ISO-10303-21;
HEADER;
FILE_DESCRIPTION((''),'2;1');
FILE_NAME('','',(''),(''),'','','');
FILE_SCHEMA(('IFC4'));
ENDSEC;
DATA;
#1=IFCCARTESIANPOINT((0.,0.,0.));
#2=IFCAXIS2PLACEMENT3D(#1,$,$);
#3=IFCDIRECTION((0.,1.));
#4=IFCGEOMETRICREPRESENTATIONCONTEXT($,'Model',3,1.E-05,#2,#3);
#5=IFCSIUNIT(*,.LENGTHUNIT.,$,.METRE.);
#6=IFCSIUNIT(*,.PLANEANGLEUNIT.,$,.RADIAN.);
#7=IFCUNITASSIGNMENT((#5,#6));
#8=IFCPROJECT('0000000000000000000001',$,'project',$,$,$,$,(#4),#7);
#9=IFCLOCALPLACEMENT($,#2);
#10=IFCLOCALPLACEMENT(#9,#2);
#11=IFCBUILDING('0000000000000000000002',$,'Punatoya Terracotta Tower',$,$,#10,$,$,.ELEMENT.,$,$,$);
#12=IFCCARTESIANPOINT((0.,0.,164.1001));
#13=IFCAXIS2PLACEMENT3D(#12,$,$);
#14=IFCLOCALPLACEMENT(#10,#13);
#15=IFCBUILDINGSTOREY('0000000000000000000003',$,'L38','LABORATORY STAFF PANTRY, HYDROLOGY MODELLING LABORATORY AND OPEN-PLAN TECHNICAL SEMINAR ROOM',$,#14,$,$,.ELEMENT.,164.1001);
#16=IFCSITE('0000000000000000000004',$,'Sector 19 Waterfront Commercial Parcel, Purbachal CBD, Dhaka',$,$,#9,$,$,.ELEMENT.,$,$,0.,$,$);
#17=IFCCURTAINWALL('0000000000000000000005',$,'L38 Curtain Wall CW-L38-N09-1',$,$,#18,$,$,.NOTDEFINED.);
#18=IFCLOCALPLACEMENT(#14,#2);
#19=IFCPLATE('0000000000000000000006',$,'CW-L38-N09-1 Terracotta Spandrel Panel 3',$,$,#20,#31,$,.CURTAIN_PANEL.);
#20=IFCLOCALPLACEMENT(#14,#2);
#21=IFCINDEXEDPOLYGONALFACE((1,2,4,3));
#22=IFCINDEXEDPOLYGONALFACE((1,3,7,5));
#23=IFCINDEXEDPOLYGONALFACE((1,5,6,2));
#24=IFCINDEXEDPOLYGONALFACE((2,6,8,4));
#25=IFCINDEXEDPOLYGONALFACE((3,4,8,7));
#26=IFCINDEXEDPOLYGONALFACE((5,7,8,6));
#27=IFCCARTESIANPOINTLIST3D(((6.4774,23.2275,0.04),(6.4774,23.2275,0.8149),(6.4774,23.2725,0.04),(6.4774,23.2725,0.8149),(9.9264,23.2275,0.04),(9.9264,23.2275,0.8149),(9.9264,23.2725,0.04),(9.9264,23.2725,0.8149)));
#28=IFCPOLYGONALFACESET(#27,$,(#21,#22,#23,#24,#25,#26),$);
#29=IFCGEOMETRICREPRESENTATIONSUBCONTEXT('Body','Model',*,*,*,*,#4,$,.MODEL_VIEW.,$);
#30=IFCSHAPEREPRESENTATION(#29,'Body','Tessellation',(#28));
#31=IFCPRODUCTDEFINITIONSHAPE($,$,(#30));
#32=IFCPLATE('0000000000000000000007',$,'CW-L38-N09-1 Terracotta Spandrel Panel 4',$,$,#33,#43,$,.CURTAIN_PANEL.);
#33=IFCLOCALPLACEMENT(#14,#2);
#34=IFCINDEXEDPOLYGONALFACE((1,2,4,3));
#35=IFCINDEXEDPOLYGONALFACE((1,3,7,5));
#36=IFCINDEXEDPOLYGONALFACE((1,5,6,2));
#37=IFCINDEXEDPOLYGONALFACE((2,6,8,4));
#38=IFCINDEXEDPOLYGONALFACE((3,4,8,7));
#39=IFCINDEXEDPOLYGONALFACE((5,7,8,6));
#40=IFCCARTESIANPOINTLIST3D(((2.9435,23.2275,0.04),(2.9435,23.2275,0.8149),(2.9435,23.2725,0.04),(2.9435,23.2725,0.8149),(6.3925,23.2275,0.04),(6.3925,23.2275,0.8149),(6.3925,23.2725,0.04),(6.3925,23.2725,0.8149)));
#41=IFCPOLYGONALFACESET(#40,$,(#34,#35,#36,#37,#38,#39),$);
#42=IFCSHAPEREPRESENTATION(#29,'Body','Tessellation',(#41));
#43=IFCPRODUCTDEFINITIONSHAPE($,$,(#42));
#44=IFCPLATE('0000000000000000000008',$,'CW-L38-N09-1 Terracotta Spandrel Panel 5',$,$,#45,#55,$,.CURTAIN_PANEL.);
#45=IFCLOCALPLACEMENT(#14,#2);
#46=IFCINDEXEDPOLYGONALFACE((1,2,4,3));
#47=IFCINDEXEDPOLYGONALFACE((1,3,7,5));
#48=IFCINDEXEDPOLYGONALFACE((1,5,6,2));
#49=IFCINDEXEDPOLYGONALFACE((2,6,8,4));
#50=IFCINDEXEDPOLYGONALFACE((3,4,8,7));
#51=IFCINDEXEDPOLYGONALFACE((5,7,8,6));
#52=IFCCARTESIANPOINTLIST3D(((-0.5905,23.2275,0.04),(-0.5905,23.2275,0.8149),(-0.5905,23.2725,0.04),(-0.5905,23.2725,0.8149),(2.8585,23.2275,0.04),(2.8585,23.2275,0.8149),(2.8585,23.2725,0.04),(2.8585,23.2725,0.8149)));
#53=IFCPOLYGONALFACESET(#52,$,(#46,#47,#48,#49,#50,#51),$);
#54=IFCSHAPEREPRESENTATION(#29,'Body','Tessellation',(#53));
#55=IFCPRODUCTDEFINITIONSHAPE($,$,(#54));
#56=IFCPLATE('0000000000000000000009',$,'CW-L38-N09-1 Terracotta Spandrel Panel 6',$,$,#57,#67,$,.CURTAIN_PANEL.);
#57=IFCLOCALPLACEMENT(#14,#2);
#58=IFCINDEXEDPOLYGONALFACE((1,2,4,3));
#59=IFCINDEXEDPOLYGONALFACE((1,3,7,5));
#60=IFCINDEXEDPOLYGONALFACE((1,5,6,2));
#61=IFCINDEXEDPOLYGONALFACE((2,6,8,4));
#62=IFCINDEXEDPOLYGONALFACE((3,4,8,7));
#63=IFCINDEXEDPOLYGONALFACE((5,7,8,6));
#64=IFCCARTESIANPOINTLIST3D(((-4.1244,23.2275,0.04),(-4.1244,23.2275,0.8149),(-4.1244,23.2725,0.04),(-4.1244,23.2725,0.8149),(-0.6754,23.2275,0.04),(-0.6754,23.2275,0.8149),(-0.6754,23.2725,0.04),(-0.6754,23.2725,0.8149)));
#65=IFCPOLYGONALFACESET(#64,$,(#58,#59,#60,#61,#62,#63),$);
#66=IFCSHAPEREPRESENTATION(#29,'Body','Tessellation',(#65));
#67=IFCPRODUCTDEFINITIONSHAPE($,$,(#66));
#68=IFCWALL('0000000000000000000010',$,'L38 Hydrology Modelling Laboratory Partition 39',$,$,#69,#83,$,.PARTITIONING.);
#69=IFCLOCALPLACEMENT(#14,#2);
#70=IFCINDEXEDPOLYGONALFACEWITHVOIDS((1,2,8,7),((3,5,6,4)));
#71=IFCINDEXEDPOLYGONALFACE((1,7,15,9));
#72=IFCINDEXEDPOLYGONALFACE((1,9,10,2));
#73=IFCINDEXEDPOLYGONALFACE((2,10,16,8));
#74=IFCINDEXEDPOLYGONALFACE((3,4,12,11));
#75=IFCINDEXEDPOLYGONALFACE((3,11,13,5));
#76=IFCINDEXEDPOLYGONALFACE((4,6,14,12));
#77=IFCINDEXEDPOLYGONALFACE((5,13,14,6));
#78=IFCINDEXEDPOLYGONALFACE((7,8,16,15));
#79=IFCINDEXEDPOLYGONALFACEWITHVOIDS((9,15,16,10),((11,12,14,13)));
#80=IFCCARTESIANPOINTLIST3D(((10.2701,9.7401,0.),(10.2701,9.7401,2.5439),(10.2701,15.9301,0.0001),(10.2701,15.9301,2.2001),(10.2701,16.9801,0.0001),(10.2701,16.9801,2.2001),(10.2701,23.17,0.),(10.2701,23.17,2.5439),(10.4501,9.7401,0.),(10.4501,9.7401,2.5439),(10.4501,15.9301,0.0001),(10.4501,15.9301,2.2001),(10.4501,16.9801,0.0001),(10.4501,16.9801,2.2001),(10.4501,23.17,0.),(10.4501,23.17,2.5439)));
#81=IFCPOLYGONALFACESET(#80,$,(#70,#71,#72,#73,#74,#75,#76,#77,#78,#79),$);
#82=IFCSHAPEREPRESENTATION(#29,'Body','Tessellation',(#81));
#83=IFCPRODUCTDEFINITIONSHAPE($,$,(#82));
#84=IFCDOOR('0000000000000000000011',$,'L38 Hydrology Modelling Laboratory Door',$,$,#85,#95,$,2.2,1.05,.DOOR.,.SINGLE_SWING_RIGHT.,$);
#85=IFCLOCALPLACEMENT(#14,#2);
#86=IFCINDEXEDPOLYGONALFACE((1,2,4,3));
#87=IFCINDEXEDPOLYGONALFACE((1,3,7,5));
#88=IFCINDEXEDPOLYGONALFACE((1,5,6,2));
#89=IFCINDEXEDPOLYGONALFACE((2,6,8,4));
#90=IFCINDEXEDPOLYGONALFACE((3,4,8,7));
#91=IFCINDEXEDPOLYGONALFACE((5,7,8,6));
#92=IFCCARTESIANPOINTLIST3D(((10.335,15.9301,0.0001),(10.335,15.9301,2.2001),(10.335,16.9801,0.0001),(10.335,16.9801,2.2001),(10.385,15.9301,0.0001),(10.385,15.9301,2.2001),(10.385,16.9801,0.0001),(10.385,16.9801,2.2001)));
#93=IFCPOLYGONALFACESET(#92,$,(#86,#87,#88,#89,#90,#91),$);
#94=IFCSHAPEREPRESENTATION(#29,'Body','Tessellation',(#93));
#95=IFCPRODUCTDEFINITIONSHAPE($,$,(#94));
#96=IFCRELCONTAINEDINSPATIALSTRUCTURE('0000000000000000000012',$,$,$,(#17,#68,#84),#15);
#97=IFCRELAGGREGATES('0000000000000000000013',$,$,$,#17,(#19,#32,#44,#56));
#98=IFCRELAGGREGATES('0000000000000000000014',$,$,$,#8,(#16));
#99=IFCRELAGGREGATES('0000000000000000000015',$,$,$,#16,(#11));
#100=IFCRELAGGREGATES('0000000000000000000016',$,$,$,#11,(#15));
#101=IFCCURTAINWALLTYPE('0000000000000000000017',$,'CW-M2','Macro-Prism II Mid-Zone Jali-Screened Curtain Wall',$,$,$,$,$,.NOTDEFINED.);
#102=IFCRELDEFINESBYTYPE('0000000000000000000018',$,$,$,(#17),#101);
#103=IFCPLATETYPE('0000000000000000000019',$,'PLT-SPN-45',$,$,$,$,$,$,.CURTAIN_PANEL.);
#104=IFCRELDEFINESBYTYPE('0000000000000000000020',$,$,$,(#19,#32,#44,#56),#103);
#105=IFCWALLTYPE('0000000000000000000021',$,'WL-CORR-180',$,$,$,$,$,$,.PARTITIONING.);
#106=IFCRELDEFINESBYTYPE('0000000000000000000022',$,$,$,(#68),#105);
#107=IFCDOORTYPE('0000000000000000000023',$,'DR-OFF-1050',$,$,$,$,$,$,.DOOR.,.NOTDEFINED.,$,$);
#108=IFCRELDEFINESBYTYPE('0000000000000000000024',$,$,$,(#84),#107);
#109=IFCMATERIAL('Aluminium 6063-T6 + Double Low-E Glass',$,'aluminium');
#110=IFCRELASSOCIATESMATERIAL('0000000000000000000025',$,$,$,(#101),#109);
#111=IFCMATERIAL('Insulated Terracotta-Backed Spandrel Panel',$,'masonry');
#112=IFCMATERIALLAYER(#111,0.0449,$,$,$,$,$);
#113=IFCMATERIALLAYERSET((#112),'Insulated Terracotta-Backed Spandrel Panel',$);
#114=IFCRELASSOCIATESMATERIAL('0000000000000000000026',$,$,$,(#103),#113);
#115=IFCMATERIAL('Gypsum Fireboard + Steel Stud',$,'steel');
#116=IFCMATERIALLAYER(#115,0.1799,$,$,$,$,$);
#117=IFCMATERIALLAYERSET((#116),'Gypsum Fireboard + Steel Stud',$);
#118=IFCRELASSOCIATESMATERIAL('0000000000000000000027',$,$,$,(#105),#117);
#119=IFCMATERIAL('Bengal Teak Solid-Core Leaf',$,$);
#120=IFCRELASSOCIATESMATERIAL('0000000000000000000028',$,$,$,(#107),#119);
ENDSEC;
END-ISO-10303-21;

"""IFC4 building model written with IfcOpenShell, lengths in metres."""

from ifc_helpers import new_model, si_unit, direction, frame, frame_2d, origin, origin_2d, place, context, subcontext, project, spatial, rectangle, extrude, material, layer, layer_set, type_object, element, fill, aggregate, save


model = new_model("IFC4")

# Units and contexts
model_context = context("Model", 3, precision=1e-05, world=origin(), true_north=direction((0.0, 1.0)))
body_context = subcontext(model_context, "Body", "Model", "MODEL_VIEW")
ifc_project = project(units=[si_unit("LENGTHUNIT", "METRE"), si_unit("PLANEANGLEUNIT", "RADIAN")], contexts=[model_context])

# Site, building, storey
site_placement = place(None, origin())
site = spatial("IfcSite", under=ifc_project, at=site_placement, Name="Sector 19 Waterfront Commercial Parcel, Purbachal CBD, Dhaka", CompositionType="ELEMENT", RefElevation=0.0)
building_placement = place(site_placement, origin())
building = spatial("IfcBuilding", under=site, at=building_placement, Name="Punatoya Terracotta Tower", CompositionType="ELEMENT")
storey_placement = place(building_placement, frame((0.0, 0.0, 164.1001)))
storey = spatial("IfcBuildingStorey", under=building, at=storey_placement, Name="L38", Description="LABORATORY STAFF PANTRY, HYDROLOGY MODELLING LABORATORY AND OPEN-PLAN TECHNICAL SEMINAR ROOM", CompositionType="ELEMENT", Elevation=164.1001)

# Shared definitions
ifc_material_1 = material(Name="Aluminium 6063-T6 + Double Low-E Glass", Category="aluminium")
curtain_wall_type = type_object("IfcCurtainWallType", Name="CW-M2", Description="Macro-Prism II Mid-Zone Jali-Screened Curtain Wall", PredefinedType="NOTDEFINED", material=ifc_material_1)

# Curtain wall, plates
curtain_wall_1_placement = place(storey_placement, origin())
curtain_wall_1 = element("IfcCurtainWall", 1, at=curtain_wall_1_placement, inside=storey, type_object=curtain_wall_type, Name="L38 Curtain Wall CW-L38-N09-1", PredefinedType="NOTDEFINED")
ifc_material_2 = material(Name="Insulated Terracotta-Backed Spandrel Panel", Category="masonry")
ifc_layer_1 = layer(ifc_material_2, 0.0449)
ifc_layer_set_1 = layer_set([ifc_layer_1], Name="Insulated Terracotta-Backed Spandrel Panel")
plate_type_1 = type_object("IfcPlateType", Name="PLT-SPN-45", PredefinedType="CURTAIN_PANEL", material=ifc_layer_set_1)
plate_1_placement = place(storey_placement, frame((8.2019, 23.25, 0.04), z_axis=(0.0, 0.0, 1.0), x_axis=(-1.0, 0.0, 0.0)))
plate_1 = element("IfcPlate", 2, at=plate_1_placement, type_object=plate_type_1, Name="CW-L38-N09-1 Terracotta Spandrel Panel 3", PredefinedType="CURTAIN_PANEL", context=body_context, shape_type="SweptSolid", body=[
    extrude(rectangle(XDim=3.449, YDim=0.0449, at=origin_2d()), origin(), (0.0, 0.0, 1.0), 0.7749),
])
plate_2_placement = place(storey_placement, frame((4.668, 23.25, 0.04), z_axis=(0.0, 0.0, 1.0), x_axis=(-1.0, 0.0, 0.0)))
plate_2 = element("IfcPlate", 3, at=plate_2_placement, type_object=plate_type_1, Name="CW-L38-N09-1 Terracotta Spandrel Panel 4", PredefinedType="CURTAIN_PANEL", context=body_context, shape_type="SweptSolid", body=[
    extrude(rectangle(XDim=3.449, YDim=0.0449, at=origin_2d()), origin(), (0.0, 0.0, 1.0), 0.7749),
])
plate_3_placement = place(storey_placement, frame((1.134, 23.25, 0.04), z_axis=(0.0, 0.0, 1.0), x_axis=(-1.0, 0.0, 0.0)))
plate_3 = element("IfcPlate", 4, at=plate_3_placement, type_object=plate_type_1, Name="CW-L38-N09-1 Terracotta Spandrel Panel 5", PredefinedType="CURTAIN_PANEL", context=body_context, shape_type="SweptSolid", body=[
    extrude(rectangle(XDim=3.449, YDim=0.0449, at=origin_2d()), origin(), (0.0, 0.0, 1.0), 0.7749),
])
plate_4_placement = place(storey_placement, frame((-2.3999, 23.25, 0.04), z_axis=(0.0, 0.0, 1.0), x_axis=(-1.0, 0.0, 0.0)))
plate_4 = element("IfcPlate", 5, at=plate_4_placement, type_object=plate_type_1, Name="CW-L38-N09-1 Terracotta Spandrel Panel 6", PredefinedType="CURTAIN_PANEL", context=body_context, shape_type="SweptSolid", body=[
    extrude(rectangle(XDim=3.449, YDim=0.0449, at=origin_2d()), origin(), (0.0, 0.0, 1.0), 0.7749),
])
aggregate(curtain_wall_1, [plate_1, plate_2, plate_3, plate_4])

# Wall, opening, door
ifc_material_3 = material(Name="Gypsum Fireboard + Steel Stud", Category="steel")
ifc_layer_2 = layer(ifc_material_3, 0.1799)
ifc_layer_set_2 = layer_set([ifc_layer_2], Name="Gypsum Fireboard + Steel Stud")
wall_type = type_object("IfcWallType", Name="WL-CORR-180", PredefinedType="PARTITIONING", material=ifc_layer_set_2)
wall_placement = place(storey_placement, frame((10.3601, 23.1699, 0.0), z_axis=(0.0, 0.0, 1.0), x_axis=(0.0, -1.0, 0.0)))
wall = element("IfcWall", 6, at=wall_placement, inside=storey, type_object=wall_type, Name="L38 Hydrology Modelling Laboratory Partition 39", PredefinedType="PARTITIONING", context=body_context, shape_type="SweptSolid", body=[
    extrude(rectangle(XDim=13.4299, YDim=0.1799, at=frame_2d((6.7148, 0.0))), origin(), (0.0, 0.0, 1.0), 2.5439),
])
opening_placement = place(wall_placement, frame((6.1899, 0.0, 0.0)))
opening = element("IfcOpeningElement", 7, at=opening_placement, cuts=wall, PredefinedType="OPENING", context=body_context, shape_type="SweptSolid", body=[
    extrude(rectangle(XDim=1.05, YDim=2.2, at=frame_2d((0.5249, 1.1001))), frame((0.0, 0.0999, 0.0), z_axis=(0.0, -1.0, 0.0), x_axis=(1.0, 0.0, 0.0)), (0.0, 0.0, 1.0), 0.2),
])
ifc_material_4 = material(Name="Bengal Teak Solid-Core Leaf")
door_type = type_object("IfcDoorType", Name="DR-OFF-1050", OperationType="NOTDEFINED", PredefinedType="DOOR", material=ifc_material_4)
door_placement = place(opening_placement, origin())
door = element("IfcDoor", 8, at=door_placement, inside=storey, type_object=door_type, Name="L38 Hydrology Modelling Laboratory Door", OperationType="SINGLE_SWING_RIGHT", OverallHeight=2.2, OverallWidth=1.05, PredefinedType="DOOR", context=body_context, shape_type="SweptSolid", body=[
    extrude(rectangle(XDim=1.05, YDim=2.2, at=frame_2d((0.5249, 1.1001))), frame((0.0, 0.0249, 0.0), z_axis=(0.0, -1.0, 0.0), x_axis=(1.0, 0.0, 0.0)), (0.0, 0.0, 1.0), 0.05),
])
fill(opening, door)

save(model, "model.ifc")
